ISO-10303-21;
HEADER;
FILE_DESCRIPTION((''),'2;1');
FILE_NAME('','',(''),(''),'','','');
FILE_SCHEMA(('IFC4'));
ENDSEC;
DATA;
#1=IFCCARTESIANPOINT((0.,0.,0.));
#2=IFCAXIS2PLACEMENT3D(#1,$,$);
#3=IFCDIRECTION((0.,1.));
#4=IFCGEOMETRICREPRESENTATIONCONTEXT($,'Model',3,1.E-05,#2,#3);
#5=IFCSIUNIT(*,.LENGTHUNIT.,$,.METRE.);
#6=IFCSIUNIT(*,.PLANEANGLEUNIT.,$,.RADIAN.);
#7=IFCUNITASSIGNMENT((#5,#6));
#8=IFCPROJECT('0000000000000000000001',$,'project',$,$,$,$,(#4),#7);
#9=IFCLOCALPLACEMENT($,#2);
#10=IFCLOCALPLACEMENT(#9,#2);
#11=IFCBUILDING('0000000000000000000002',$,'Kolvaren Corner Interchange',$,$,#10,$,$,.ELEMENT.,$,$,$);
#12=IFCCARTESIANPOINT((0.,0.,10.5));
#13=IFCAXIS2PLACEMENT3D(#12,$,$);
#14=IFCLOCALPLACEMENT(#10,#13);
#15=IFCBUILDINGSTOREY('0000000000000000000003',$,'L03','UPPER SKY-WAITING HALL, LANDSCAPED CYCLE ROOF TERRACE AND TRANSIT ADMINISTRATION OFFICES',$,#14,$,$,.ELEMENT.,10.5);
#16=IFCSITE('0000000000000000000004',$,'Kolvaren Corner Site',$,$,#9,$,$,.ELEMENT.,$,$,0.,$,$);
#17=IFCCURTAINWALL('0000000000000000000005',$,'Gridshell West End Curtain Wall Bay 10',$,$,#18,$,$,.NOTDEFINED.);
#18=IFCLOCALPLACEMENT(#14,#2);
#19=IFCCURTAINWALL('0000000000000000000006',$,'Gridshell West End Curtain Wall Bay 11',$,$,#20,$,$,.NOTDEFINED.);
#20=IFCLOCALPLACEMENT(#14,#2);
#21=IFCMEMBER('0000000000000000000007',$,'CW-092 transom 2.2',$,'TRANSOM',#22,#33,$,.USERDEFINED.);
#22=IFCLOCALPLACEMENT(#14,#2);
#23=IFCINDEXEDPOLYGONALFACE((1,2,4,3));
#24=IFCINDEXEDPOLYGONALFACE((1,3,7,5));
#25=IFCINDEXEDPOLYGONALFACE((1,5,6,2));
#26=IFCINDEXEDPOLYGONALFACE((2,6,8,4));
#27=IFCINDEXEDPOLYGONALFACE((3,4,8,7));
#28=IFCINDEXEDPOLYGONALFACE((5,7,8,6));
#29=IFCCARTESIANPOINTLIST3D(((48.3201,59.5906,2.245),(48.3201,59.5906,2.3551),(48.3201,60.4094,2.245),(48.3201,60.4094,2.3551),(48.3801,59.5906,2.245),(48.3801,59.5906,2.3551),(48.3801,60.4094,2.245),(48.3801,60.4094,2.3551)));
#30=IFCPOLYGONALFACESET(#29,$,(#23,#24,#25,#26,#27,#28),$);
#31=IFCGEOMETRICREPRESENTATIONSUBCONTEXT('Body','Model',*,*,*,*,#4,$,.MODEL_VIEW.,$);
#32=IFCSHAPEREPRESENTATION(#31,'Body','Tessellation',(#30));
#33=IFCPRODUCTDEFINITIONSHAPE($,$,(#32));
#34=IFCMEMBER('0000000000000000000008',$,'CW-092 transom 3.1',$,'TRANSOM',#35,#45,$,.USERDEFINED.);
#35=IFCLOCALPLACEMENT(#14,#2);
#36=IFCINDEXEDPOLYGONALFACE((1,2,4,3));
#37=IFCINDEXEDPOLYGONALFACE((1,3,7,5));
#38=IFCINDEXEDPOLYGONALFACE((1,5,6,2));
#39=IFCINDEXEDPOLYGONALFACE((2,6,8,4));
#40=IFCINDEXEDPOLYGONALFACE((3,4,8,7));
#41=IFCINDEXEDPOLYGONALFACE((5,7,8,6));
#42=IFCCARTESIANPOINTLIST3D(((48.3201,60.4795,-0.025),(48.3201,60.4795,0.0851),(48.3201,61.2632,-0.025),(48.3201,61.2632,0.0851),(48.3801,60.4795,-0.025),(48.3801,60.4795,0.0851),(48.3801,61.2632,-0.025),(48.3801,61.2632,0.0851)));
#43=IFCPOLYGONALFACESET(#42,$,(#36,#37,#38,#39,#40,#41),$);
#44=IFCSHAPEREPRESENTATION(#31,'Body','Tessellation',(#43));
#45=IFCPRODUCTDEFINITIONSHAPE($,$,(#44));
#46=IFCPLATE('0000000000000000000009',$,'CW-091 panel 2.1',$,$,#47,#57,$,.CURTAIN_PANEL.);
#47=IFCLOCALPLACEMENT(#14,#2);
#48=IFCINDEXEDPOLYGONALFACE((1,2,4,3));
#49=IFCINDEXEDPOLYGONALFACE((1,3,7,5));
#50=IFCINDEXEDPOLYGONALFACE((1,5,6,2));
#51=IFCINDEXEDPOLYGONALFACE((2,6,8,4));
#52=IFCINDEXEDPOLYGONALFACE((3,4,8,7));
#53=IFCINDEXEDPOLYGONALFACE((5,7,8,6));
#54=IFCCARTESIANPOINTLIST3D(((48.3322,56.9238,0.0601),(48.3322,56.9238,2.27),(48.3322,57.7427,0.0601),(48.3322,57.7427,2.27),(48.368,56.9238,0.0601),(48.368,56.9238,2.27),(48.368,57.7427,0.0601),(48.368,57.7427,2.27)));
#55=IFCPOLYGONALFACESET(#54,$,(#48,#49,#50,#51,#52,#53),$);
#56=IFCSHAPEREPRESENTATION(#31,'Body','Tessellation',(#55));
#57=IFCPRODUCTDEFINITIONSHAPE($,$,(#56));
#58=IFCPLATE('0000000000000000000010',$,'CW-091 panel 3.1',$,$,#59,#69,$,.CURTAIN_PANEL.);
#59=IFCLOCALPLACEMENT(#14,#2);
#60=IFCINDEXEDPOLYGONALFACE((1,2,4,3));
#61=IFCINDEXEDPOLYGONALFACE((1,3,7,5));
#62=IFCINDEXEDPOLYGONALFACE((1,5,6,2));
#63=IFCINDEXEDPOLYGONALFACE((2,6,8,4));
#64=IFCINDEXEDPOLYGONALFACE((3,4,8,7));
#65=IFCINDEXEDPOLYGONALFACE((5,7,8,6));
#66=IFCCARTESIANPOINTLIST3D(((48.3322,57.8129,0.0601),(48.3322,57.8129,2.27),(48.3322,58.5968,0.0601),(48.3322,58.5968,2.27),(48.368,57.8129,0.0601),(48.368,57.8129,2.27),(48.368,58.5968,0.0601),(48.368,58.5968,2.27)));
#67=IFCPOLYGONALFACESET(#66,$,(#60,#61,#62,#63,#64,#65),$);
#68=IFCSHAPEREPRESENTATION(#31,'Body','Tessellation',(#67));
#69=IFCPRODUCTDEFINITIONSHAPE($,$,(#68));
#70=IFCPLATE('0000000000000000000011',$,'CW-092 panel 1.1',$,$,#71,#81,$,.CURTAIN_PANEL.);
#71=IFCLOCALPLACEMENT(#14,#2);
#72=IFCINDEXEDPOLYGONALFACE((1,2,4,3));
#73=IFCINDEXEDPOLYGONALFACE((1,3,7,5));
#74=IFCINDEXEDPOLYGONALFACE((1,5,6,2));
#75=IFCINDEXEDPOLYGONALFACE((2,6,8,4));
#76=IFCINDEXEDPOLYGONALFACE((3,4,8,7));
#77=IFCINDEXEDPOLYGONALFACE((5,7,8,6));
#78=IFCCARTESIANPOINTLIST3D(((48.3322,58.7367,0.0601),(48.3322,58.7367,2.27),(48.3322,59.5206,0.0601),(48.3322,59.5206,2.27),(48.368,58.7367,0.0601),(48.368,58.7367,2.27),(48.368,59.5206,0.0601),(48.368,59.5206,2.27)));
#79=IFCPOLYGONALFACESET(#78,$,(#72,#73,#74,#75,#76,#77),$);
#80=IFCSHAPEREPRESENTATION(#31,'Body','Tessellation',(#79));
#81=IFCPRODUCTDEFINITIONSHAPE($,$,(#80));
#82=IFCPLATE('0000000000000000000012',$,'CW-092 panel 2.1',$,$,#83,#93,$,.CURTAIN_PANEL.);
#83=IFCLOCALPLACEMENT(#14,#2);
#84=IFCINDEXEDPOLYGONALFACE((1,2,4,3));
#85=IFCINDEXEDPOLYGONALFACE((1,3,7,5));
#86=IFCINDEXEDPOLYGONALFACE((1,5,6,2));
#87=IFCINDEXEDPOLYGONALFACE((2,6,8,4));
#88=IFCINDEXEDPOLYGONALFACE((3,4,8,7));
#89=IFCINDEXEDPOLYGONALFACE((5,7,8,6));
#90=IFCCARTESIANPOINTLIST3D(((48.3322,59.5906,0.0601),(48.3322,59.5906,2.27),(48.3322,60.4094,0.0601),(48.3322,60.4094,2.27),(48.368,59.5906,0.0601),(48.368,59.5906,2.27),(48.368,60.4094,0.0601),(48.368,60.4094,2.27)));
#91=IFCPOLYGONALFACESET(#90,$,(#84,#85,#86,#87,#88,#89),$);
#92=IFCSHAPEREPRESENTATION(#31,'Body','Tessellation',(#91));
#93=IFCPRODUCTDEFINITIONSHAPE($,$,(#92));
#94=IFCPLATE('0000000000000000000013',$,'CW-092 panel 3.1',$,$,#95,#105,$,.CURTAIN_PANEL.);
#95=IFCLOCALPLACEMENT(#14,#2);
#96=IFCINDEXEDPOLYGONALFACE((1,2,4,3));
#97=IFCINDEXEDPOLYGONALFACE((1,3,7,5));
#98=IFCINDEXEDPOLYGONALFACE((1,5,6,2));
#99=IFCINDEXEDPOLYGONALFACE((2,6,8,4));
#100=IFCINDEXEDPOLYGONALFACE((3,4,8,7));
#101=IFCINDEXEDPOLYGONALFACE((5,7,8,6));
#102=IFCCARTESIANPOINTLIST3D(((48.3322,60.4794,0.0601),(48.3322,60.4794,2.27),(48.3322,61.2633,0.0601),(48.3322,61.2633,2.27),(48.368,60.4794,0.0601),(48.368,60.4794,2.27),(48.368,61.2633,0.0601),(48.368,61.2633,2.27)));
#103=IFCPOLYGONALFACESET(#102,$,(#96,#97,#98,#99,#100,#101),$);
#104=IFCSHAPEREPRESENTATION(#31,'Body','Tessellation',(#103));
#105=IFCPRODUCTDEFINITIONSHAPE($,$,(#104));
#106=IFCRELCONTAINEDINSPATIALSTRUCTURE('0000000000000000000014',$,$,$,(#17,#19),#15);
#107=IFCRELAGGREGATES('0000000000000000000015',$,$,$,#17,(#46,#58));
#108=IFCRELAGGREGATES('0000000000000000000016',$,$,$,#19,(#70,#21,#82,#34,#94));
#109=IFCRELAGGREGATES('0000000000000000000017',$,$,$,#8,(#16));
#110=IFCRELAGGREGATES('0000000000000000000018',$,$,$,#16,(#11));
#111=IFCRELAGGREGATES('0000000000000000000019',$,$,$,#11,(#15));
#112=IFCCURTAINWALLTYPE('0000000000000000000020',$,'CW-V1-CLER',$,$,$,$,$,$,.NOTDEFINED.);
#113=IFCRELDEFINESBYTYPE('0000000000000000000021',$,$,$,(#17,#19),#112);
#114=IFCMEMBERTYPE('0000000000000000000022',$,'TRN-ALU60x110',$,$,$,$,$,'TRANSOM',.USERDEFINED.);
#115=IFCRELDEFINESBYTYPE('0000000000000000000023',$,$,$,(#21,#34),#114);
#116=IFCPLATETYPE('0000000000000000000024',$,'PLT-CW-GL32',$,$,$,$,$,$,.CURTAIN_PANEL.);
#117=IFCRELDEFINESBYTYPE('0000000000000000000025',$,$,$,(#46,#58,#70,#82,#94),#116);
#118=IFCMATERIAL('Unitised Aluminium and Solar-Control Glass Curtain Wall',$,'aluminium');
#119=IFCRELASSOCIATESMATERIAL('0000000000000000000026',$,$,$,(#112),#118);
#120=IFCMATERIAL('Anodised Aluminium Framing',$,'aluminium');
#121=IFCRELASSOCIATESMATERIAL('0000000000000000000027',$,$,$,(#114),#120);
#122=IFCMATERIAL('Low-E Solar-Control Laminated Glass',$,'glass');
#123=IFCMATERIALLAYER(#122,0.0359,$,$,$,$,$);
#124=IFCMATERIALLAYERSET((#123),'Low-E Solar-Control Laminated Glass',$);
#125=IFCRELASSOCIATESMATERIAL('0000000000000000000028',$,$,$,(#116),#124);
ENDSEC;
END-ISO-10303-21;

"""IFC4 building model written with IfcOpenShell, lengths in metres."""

from ifc_helpers import new_model, si_unit, direction, frame, origin, origin_2d, place, context, subcontext, project, spatial, rectangle, extrude, material, layer, layer_set, material_profile, profile_set, type_object, element, aggregate, save


model = new_model("IFC4")

# Units and contexts
model_context = context("Model", 3, precision=1e-05, world=origin(), true_north=direction((0.0, 1.0)))
body_context = subcontext(model_context, "Body", "Model", "MODEL_VIEW")
ifc_project = project(units=[si_unit("LENGTHUNIT", "METRE"), si_unit("PLANEANGLEUNIT", "RADIAN")], contexts=[model_context])

# Site, building, storey
site_placement = place(None, origin())
site = spatial("IfcSite", under=ifc_project, at=site_placement, Name="Kolvaren Corner Site", CompositionType="ELEMENT", RefElevation=0.0)
building_placement = place(site_placement, origin())
building = spatial("IfcBuilding", under=site, at=building_placement, Name="Kolvaren Corner Interchange", CompositionType="ELEMENT")
storey_placement = place(building_placement, frame((0.0, 0.0, 10.5)))
storey = spatial("IfcBuildingStorey", under=building, at=storey_placement, Name="L03", Description="UPPER SKY-WAITING HALL, LANDSCAPED CYCLE ROOF TERRACE AND TRANSIT ADMINISTRATION OFFICES", CompositionType="ELEMENT", Elevation=10.5)

# Curtain walls
ifc_material_1 = material(Name="Unitised Aluminium and Solar-Control Glass Curtain Wall", Category="aluminium")
curtain_wall_type = type_object("IfcCurtainWallType", Name="CW-V1-CLER", PredefinedType="NOTDEFINED", material=ifc_material_1)
curtain_wall_1_placement = place(storey_placement, origin())
curtain_wall_1 = element("IfcCurtainWall", 1, at=curtain_wall_1_placement, inside=storey, type_object=curtain_wall_type, Name="Gridshell West End Curtain Wall Bay 10", PredefinedType="NOTDEFINED")
curtain_wall_2_placement = place(storey_placement, origin())
curtain_wall_2 = element("IfcCurtainWall", 2, at=curtain_wall_2_placement, inside=storey, type_object=curtain_wall_type, Name="Gridshell West End Curtain Wall Bay 11", PredefinedType="NOTDEFINED")

# Members
ifc_material_2 = material(Name="Anodised Aluminium Framing", Category="aluminium")
ifc_material_profile_1 = material_profile(ifc_material_2, rectangle(XDim=0.0601, YDim=0.1101, at=origin_2d()), Name="ALU 60x110")
ifc_profile_set_1 = profile_set([ifc_material_profile_1], Name="Anodised Aluminium Framing")
member_type_1 = type_object("IfcMemberType", Name="TRN-ALU60x110", ElementType="TRANSOM", PredefinedType="USERDEFINED", material=ifc_profile_set_1)
member_1_placement = place(storey_placement, frame((48.3501, 59.5906, 2.3), z_axis=(0.0, 1.0, 0.0), x_axis=(-1.0, 0.0, 0.0)))
member_1 = element("IfcMember", 3, at=member_1_placement, type_object=member_type_1, Name="CW-092 transom 2.2", ObjectType="TRANSOM", PredefinedType="USERDEFINED", context=body_context, shape_type="SweptSolid", body=[
    extrude(rectangle(XDim=0.0601, YDim=0.1101, at=origin_2d()), origin(), (0.0, 0.0, 1.0), 0.8188),
])
member_2_placement = place(storey_placement, frame((48.3501, 60.4795, 0.03), z_axis=(0.0, 1.0, 0.0), x_axis=(-1.0, 0.0, 0.0)))
member_2 = element("IfcMember", 4, at=member_2_placement, type_object=member_type_1, Name="CW-092 transom 3.1", ObjectType="TRANSOM", PredefinedType="USERDEFINED", context=body_context, shape_type="SweptSolid", body=[
    extrude(rectangle(XDim=0.0601, YDim=0.1101, at=origin_2d()), origin(), (0.0, 0.0, 1.0), 0.7837),
])

# Plates
ifc_material_3 = material(Name="Low-E Solar-Control Laminated Glass", Category="glass")
ifc_layer = layer(ifc_material_3, 0.0359)
ifc_layer_set = layer_set([ifc_layer], Name="Low-E Solar-Control Laminated Glass")
plate_type = type_object("IfcPlateType", Name="PLT-CW-GL32", PredefinedType="CURTAIN_PANEL", material=ifc_layer_set)
plate_1_placement = place(storey_placement, frame((48.3501, 57.3333, 0.0601), z_axis=(0.0, 0.0, 1.0), x_axis=(0.0, 1.0, 0.0)))
plate_1 = element("IfcPlate", 5, at=plate_1_placement, type_object=plate_type, Name="CW-091 panel 2.1", PredefinedType="CURTAIN_PANEL", context=body_context, shape_type="SweptSolid", body=[
    extrude(rectangle(XDim=0.8188, YDim=0.0359, at=origin_2d()), origin(), (0.0, 0.0, 1.0), 2.21),
])
plate_2_placement = place(storey_placement, frame((48.3501, 58.2048, 0.0601), z_axis=(0.0, 0.0, 1.0), x_axis=(0.0, 1.0, 0.0)))
plate_2 = element("IfcPlate", 6, at=plate_2_placement, type_object=plate_type, Name="CW-091 panel 3.1", PredefinedType="CURTAIN_PANEL", context=body_context, shape_type="SweptSolid", body=[
    extrude(rectangle(XDim=0.7839, YDim=0.0359, at=origin_2d()), origin(), (0.0, 0.0, 1.0), 2.21),
])
aggregate(curtain_wall_1, [plate_1, plate_2])
plate_3_placement = place(storey_placement, frame((48.3501, 59.1287, 0.0601), z_axis=(0.0, 0.0, 1.0), x_axis=(0.0, 1.0, 0.0)))
plate_3 = element("IfcPlate", 7, at=plate_3_placement, type_object=plate_type, Name="CW-092 panel 1.1", PredefinedType="CURTAIN_PANEL", context=body_context, shape_type="SweptSolid", body=[
    extrude(rectangle(XDim=0.7839, YDim=0.0359, at=origin_2d()), origin(), (0.0, 0.0, 1.0), 2.21),
])
plate_4_placement = place(storey_placement, frame((48.3501, 60.0, 0.0601), z_axis=(0.0, 0.0, 1.0), x_axis=(0.0, 1.0, 0.0)))
plate_4 = element("IfcPlate", 8, at=plate_4_placement, type_object=plate_type, Name="CW-092 panel 2.1", PredefinedType="CURTAIN_PANEL", context=body_context, shape_type="SweptSolid", body=[
    extrude(rectangle(XDim=0.8188, YDim=0.0359, at=origin_2d()), origin(), (0.0, 0.0, 1.0), 2.21),
])
plate_5_placement = place(storey_placement, frame((48.3501, 60.8713, 0.0601), z_axis=(0.0, 0.0, 1.0), x_axis=(0.0, 1.0, 0.0)))
plate_5 = element("IfcPlate", 9, at=plate_5_placement, type_object=plate_type, Name="CW-092 panel 3.1", PredefinedType="CURTAIN_PANEL", context=body_context, shape_type="SweptSolid", body=[
    extrude(rectangle(XDim=0.7839, YDim=0.0359, at=origin_2d()), origin(), (0.0, 0.0, 1.0), 2.21),
])
aggregate(curtain_wall_2, [plate_3, member_1, plate_4, member_2, plate_5])

save(model, "model.ifc")
